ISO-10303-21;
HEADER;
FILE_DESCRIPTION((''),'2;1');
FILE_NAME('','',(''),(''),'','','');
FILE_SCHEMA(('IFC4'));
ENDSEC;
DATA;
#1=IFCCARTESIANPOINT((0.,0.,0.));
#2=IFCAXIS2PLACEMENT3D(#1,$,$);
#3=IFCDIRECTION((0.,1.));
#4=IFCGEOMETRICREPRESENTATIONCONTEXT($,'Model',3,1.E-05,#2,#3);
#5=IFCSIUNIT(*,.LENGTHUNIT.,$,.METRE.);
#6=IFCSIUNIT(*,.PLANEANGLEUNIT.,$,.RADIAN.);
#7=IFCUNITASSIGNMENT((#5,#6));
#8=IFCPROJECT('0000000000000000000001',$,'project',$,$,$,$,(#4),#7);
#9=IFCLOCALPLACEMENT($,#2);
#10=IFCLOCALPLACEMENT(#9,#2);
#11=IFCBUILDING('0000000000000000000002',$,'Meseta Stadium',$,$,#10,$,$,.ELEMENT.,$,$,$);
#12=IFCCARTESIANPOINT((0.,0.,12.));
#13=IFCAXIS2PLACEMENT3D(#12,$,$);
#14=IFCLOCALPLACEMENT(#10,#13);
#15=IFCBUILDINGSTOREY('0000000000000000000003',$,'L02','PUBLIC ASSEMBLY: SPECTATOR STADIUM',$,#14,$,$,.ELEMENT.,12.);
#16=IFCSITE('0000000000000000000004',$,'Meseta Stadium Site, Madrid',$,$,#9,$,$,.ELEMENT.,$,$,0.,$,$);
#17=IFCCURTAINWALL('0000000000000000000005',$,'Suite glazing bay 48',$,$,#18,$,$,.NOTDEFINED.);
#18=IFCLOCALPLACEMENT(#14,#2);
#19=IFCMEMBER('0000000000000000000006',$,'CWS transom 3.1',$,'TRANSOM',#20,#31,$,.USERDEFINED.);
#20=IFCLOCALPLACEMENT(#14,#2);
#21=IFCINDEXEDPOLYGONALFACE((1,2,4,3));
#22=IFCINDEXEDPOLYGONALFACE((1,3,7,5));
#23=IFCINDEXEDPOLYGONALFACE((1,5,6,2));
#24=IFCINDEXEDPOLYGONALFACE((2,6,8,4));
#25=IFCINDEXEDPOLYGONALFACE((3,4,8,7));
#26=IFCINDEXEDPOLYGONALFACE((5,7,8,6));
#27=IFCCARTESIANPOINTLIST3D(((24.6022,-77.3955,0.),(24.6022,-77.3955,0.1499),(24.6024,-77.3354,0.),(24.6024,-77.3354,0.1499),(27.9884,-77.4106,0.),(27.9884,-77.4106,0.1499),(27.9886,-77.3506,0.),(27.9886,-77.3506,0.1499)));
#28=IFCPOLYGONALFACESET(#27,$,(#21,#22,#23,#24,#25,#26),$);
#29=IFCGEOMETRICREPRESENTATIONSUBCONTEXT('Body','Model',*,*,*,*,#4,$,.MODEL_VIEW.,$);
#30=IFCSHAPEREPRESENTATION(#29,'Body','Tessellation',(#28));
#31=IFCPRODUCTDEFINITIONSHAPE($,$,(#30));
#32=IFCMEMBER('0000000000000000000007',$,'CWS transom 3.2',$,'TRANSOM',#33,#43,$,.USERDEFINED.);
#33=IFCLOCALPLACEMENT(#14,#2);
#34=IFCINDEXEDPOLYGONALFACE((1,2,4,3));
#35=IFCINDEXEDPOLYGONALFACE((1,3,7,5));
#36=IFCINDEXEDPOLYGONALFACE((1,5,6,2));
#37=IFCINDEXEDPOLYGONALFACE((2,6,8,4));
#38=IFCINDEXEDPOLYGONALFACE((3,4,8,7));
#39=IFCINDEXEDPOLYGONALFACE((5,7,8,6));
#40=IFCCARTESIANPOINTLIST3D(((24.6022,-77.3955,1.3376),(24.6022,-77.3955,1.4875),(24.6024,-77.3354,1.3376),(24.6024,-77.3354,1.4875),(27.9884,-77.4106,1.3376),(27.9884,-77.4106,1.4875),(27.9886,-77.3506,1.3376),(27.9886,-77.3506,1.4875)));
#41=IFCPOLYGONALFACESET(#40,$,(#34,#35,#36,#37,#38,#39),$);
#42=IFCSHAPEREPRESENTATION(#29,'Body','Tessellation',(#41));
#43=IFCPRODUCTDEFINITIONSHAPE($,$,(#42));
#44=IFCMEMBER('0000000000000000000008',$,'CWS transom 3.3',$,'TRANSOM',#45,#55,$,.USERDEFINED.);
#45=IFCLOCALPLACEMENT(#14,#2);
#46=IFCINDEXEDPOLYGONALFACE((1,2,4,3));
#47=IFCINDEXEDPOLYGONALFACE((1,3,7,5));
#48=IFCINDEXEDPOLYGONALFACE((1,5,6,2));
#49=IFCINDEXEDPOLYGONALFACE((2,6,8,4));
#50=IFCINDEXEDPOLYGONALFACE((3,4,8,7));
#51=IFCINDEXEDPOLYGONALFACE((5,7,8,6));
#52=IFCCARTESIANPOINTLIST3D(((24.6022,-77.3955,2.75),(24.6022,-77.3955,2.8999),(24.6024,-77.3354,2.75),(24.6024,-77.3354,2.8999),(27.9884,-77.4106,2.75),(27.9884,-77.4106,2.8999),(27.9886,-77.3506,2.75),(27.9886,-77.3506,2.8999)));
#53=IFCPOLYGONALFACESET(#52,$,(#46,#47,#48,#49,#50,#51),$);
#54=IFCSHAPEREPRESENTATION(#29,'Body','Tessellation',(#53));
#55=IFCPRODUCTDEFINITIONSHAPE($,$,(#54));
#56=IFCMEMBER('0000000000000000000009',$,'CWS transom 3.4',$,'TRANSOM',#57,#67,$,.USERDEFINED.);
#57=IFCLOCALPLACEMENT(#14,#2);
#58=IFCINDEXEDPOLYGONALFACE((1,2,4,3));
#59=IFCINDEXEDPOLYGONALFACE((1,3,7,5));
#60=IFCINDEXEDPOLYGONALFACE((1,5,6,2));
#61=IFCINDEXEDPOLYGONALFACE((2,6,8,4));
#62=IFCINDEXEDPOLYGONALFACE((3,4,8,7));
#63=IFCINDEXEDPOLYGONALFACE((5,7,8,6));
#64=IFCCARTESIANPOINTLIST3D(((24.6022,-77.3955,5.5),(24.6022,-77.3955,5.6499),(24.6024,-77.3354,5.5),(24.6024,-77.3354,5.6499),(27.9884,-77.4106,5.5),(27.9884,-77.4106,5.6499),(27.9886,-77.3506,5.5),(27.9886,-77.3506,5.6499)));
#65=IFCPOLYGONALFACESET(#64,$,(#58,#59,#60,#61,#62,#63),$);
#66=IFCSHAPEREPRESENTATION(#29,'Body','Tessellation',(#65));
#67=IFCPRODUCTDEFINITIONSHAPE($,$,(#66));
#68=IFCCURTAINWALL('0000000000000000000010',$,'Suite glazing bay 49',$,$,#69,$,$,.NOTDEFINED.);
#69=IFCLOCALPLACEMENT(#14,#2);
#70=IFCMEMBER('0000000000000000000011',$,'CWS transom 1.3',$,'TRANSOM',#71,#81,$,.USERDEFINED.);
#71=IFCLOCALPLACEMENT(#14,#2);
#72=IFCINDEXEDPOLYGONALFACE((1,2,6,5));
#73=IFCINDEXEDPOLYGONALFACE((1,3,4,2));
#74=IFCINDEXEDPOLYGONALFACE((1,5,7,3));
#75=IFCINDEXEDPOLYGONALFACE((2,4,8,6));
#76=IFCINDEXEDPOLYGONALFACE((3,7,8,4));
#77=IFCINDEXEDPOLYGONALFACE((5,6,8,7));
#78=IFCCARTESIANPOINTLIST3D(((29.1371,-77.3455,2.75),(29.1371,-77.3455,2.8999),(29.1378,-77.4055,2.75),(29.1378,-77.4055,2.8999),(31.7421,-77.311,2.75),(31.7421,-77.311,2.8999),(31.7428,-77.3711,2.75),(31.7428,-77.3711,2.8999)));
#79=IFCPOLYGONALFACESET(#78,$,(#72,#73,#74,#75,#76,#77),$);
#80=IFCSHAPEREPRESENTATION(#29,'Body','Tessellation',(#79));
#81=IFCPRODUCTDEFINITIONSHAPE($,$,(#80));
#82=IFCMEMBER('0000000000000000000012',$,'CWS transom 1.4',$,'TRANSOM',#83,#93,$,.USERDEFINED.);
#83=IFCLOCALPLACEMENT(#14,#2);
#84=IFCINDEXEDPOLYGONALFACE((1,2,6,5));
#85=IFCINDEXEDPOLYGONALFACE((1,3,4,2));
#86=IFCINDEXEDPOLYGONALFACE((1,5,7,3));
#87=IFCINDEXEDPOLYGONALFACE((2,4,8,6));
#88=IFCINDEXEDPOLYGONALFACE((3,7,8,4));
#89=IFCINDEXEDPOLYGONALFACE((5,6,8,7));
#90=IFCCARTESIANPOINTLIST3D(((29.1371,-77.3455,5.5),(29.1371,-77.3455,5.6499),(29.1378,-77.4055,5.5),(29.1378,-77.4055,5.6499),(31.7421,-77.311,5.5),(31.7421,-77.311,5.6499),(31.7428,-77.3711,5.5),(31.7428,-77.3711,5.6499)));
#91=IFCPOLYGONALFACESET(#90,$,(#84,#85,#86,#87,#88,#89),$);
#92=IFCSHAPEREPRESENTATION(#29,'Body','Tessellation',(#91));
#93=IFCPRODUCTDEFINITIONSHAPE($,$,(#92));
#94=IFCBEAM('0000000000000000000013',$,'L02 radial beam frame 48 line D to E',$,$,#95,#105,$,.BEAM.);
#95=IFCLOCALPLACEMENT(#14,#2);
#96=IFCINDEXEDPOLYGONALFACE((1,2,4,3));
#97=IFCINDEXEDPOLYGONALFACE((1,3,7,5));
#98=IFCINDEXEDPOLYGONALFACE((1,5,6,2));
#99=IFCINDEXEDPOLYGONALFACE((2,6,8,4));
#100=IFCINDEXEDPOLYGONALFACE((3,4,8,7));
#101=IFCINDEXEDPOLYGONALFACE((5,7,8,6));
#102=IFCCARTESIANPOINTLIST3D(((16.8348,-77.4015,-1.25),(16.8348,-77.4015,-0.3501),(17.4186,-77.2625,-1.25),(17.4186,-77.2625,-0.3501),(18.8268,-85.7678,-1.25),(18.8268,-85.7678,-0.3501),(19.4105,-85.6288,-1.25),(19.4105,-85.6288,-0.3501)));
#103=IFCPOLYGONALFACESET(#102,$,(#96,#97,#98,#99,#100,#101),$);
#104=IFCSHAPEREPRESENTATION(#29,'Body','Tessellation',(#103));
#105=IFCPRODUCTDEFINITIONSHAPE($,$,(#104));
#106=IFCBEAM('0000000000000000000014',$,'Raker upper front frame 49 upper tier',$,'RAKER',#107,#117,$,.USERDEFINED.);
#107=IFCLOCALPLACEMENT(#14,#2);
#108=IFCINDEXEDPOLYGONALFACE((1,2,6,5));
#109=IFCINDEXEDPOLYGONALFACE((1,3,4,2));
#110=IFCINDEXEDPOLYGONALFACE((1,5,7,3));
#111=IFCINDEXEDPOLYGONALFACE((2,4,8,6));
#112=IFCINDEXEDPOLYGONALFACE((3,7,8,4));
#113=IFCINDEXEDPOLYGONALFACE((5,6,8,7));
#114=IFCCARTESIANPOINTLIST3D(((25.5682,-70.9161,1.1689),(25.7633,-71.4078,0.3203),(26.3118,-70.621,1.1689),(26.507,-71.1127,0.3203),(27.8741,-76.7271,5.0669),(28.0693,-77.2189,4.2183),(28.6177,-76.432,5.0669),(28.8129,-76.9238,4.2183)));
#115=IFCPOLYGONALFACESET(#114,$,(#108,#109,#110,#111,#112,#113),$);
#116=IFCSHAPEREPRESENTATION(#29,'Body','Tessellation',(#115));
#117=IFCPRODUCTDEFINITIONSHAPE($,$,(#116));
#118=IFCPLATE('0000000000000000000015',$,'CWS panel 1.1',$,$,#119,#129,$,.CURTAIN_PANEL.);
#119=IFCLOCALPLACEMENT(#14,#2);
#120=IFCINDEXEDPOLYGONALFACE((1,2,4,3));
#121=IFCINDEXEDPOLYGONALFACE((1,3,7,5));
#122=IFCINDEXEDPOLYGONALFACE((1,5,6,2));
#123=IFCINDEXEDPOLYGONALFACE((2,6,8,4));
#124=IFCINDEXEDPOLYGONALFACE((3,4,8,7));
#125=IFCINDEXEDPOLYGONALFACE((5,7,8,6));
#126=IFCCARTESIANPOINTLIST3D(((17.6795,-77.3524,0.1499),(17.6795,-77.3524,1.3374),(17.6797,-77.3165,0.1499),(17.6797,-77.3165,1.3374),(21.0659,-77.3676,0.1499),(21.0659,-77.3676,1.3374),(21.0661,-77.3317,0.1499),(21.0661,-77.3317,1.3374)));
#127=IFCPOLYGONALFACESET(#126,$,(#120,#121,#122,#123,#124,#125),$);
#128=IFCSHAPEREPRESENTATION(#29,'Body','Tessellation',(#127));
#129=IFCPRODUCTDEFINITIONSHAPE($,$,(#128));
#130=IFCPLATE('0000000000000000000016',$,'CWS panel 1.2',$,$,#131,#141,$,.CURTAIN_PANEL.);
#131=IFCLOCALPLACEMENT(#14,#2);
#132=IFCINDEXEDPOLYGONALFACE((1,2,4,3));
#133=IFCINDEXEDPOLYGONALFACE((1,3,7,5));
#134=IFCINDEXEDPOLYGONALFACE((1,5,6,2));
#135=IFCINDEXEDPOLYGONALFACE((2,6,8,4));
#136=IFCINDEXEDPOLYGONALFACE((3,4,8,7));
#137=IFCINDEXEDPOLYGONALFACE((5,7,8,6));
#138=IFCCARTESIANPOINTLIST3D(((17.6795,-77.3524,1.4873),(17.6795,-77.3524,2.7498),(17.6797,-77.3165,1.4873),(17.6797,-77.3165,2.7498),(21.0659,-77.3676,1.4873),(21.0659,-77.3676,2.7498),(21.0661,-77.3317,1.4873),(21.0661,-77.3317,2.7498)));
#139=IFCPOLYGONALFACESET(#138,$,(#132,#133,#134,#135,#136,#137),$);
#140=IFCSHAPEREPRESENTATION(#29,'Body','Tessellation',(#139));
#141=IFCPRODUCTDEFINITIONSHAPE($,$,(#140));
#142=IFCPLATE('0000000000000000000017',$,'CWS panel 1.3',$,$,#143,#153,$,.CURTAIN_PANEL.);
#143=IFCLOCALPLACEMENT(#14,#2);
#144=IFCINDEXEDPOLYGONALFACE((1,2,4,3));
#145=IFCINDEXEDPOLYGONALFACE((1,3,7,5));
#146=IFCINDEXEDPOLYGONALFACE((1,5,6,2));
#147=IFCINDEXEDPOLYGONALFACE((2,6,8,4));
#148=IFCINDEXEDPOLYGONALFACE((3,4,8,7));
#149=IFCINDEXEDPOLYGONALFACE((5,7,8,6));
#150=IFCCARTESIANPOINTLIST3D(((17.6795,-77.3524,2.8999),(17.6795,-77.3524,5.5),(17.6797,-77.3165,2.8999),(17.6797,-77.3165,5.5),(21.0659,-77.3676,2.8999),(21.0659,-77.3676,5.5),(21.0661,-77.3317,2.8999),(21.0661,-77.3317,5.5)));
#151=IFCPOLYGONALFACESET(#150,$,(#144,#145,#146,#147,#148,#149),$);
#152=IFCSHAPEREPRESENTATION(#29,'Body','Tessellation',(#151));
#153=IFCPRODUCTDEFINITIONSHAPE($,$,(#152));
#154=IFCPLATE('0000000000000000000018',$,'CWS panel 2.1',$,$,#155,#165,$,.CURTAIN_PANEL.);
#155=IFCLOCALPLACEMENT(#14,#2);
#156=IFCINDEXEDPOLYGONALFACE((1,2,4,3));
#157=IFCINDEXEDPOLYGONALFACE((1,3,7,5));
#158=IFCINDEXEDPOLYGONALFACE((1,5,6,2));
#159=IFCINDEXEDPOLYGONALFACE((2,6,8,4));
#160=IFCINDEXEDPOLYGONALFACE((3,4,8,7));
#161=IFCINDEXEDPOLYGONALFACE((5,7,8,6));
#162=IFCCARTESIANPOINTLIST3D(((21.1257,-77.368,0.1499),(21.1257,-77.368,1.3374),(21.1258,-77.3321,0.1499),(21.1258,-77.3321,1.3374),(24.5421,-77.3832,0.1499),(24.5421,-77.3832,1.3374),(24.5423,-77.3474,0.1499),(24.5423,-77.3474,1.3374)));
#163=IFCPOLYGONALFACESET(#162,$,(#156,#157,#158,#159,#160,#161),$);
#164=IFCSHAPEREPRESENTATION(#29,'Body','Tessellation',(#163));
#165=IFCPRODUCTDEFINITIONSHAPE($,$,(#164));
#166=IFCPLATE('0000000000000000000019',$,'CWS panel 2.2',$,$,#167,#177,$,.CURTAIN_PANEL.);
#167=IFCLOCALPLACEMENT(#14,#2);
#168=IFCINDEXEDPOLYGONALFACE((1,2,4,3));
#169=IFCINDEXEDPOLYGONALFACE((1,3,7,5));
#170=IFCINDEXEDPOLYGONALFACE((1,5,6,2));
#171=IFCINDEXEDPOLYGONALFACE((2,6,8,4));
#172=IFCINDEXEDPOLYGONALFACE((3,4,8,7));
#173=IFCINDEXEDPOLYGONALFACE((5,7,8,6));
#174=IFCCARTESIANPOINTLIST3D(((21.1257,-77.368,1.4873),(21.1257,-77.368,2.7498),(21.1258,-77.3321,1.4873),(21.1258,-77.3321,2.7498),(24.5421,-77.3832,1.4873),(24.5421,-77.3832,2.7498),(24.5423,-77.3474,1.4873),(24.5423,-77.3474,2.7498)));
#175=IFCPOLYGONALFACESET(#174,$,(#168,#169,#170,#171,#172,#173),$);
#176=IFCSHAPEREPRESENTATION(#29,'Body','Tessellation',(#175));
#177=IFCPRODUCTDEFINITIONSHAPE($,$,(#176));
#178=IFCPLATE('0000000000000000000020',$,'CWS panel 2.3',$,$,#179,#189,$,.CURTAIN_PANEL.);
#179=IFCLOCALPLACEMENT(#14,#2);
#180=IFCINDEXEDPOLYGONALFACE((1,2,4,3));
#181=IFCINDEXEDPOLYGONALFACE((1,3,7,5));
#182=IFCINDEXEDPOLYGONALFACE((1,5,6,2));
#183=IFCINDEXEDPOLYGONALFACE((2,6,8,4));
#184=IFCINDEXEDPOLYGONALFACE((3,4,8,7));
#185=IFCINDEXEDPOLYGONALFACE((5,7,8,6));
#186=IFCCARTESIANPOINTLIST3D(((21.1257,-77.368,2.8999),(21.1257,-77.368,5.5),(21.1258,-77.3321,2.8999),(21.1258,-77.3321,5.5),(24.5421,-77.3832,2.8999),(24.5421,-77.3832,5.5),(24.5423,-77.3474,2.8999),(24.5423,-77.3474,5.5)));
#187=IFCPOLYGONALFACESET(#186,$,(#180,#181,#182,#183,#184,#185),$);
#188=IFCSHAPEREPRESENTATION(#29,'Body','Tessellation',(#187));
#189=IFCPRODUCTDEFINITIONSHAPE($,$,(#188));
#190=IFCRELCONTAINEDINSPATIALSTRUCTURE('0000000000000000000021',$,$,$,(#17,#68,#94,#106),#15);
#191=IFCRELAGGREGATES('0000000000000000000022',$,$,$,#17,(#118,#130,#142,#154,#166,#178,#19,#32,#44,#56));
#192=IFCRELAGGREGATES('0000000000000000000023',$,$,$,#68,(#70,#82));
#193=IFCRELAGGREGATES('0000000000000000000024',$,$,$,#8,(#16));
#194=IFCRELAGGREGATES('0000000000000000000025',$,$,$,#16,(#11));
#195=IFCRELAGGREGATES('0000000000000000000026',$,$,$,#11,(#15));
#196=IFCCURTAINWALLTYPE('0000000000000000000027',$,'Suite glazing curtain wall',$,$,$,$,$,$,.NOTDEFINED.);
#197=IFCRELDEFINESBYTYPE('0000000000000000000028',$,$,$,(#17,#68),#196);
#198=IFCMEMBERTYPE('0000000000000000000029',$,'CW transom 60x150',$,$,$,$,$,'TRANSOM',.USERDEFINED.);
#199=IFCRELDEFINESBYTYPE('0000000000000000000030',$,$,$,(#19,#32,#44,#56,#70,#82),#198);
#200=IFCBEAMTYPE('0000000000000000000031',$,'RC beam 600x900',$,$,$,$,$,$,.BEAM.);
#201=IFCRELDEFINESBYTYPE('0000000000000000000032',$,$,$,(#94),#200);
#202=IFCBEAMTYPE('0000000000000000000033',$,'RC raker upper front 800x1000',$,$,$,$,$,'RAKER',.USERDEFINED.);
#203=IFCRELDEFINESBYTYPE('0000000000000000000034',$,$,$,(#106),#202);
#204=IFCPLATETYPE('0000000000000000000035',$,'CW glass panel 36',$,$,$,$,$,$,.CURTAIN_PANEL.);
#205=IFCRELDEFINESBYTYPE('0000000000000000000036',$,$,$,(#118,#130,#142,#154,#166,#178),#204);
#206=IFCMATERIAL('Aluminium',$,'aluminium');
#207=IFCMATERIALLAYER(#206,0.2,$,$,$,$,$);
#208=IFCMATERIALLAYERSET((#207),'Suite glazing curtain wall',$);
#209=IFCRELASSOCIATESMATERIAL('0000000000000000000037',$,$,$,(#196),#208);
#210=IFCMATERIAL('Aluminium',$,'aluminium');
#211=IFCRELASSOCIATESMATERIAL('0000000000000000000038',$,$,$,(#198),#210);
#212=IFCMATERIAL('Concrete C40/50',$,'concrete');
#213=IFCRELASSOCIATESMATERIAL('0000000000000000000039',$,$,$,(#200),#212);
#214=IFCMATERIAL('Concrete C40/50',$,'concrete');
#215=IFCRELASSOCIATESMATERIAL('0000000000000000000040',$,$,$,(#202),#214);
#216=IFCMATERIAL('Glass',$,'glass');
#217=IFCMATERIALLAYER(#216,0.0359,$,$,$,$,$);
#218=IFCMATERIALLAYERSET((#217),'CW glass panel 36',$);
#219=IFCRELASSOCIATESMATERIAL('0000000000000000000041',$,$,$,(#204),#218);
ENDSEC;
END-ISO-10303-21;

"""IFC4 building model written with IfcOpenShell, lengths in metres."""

from ifc_helpers import new_model, si_unit, direction, frame, origin, origin_2d, place, context, subcontext, project, spatial, rectangle, extrude, material, layer, layer_set, material_profile, profile_set, type_object, element, aggregate, save


model = new_model("IFC4")

# Units and contexts
model_context = context("Model", 3, precision=1e-05, world=origin(), true_north=direction((0.0, 1.0)))
body_context = subcontext(model_context, "Body", "Model", "MODEL_VIEW")
ifc_project = project(units=[si_unit("LENGTHUNIT", "METRE"), si_unit("PLANEANGLEUNIT", "RADIAN")], contexts=[model_context])

# Site, building, storey
site_placement = place(None, origin())
site = spatial("IfcSite", under=ifc_project, at=site_placement, Name="Meseta Stadium Site, Madrid", CompositionType="ELEMENT", RefElevation=0.0)
building_placement = place(site_placement, origin())
building = spatial("IfcBuilding", under=site, at=building_placement, Name="Meseta Stadium", CompositionType="ELEMENT")
storey_placement = place(building_placement, frame((0.0, 0.0, 12.0)))
storey = spatial("IfcBuildingStorey", under=building, at=storey_placement, Name="L02", Description="PUBLIC ASSEMBLY: SPECTATOR STADIUM", CompositionType="ELEMENT", Elevation=12.0)

# Curtain walls, members
ifc_material_1 = material(Name="Aluminium", Category="aluminium")
ifc_layer_1 = layer(ifc_material_1, 0.2)
ifc_layer_set_1 = layer_set([ifc_layer_1], Name="Suite glazing curtain wall")
curtain_wall_type = type_object("IfcCurtainWallType", Name="Suite glazing curtain wall", PredefinedType="NOTDEFINED", material=ifc_layer_set_1)
curtain_wall_1_placement = place(storey_placement, origin())
curtain_wall_1 = element("IfcCurtainWall", 1, at=curtain_wall_1_placement, inside=storey, type_object=curtain_wall_type, Name="Suite glazing bay 48", PredefinedType="NOTDEFINED")
ifc_material_2 = material(Name="Aluminium", Category="aluminium")
ifc_material_profile_1 = material_profile(ifc_material_2, rectangle(XDim=0.0601, YDim=0.1499, at=origin_2d()), Name="CW 60x150")
ifc_profile_set_1 = profile_set([ifc_material_profile_1], Name="Aluminium")
member_type_1 = type_object("IfcMemberType", Name="CW transom 60x150", ElementType="TRANSOM", PredefinedType="USERDEFINED", material=ifc_profile_set_1)
member_1_placement = place(storey_placement, frame((24.6023, -77.3655, 0.075), z_axis=(0.99999, -0.00447, 0.0), x_axis=(0.00447, 0.99999, 0.0)))
member_1 = element("IfcMember", 2, at=member_1_placement, type_object=member_type_1, Name="CWS transom 3.1", ObjectType="TRANSOM", PredefinedType="USERDEFINED", context=body_context, shape_type="SweptSolid", body=[
    extrude(rectangle(XDim=0.0601, YDim=0.1499, at=origin_2d()), origin(), (0.0, 0.0, 1.0), 3.3862),
])
member_2_placement = place(storey_placement, frame((24.6023, -77.3655, 1.4126), z_axis=(0.99999, -0.00447, 0.0), x_axis=(0.00447, 0.99999, 0.0)))
member_2 = element("IfcMember", 3, at=member_2_placement, type_object=member_type_1, Name="CWS transom 3.2", ObjectType="TRANSOM", PredefinedType="USERDEFINED", context=body_context, shape_type="SweptSolid", body=[
    extrude(rectangle(XDim=0.0601, YDim=0.1499, at=origin_2d()), origin(), (0.0, 0.0, 1.0), 3.3862),
])
member_3_placement = place(storey_placement, frame((24.6023, -77.3655, 2.825), z_axis=(0.99999, -0.00447, 0.0), x_axis=(0.00447, 0.99999, 0.0)))
member_3 = element("IfcMember", 4, at=member_3_placement, type_object=member_type_1, Name="CWS transom 3.3", ObjectType="TRANSOM", PredefinedType="USERDEFINED", context=body_context, shape_type="SweptSolid", body=[
    extrude(rectangle(XDim=0.0601, YDim=0.1499, at=origin_2d()), origin(), (0.0, 0.0, 1.0), 3.3862),
])
member_4_placement = place(storey_placement, frame((24.6023, -77.3655, 5.575), z_axis=(0.99999, -0.00447, 0.0), x_axis=(0.00447, 0.99999, 0.0)))
member_4 = element("IfcMember", 5, at=member_4_placement, type_object=member_type_1, Name="CWS transom 3.4", ObjectType="TRANSOM", PredefinedType="USERDEFINED", context=body_context, shape_type="SweptSolid", body=[
    extrude(rectangle(XDim=0.0601, YDim=0.1499, at=origin_2d()), origin(), (0.0, 0.0, 1.0), 3.3862),
])
curtain_wall_2_placement = place(storey_placement, origin())
curtain_wall_2 = element("IfcCurtainWall", 6, at=curtain_wall_2_placement, inside=storey, type_object=curtain_wall_type, Name="Suite glazing bay 49", PredefinedType="NOTDEFINED")
member_5_placement = place(storey_placement, frame((29.1375, -77.3755, 2.825), z_axis=(0.999913, 0.013213, 0.0), x_axis=(-0.013213, 0.999913, 0.0)))
member_5 = element("IfcMember", 7, at=member_5_placement, type_object=member_type_1, Name="CWS transom 1.3", ObjectType="TRANSOM", PredefinedType="USERDEFINED", context=body_context, shape_type="SweptSolid", body=[
    extrude(rectangle(XDim=0.0601, YDim=0.1499, at=origin_2d()), origin(), (0.0, 0.0, 1.0), 2.6052),
])
member_6_placement = place(storey_placement, frame((29.1375, -77.3755, 5.575), z_axis=(0.999913, 0.013213, 0.0), x_axis=(-0.013213, 0.999913, 0.0)))
member_6 = element("IfcMember", 8, at=member_6_placement, type_object=member_type_1, Name="CWS transom 1.4", ObjectType="TRANSOM", PredefinedType="USERDEFINED", context=body_context, shape_type="SweptSolid", body=[
    extrude(rectangle(XDim=0.0601, YDim=0.1499, at=origin_2d()), origin(), (0.0, 0.0, 1.0), 2.6052),
])

# Beams
ifc_material_3 = material(Name="Concrete C40/50", Category="concrete")
ifc_material_profile_2 = material_profile(ifc_material_3, rectangle(XDim=0.6001, YDim=0.8999, at=origin_2d()), Name="RC 600x900")
ifc_profile_set_2 = profile_set([ifc_material_profile_2], Name="Concrete C40/50")
beam_type_1 = type_object("IfcBeamType", Name="RC beam 600x900", PredefinedType="BEAM", material=ifc_profile_set_2)
beam_1_placement = place(storey_placement, frame((17.1267, -77.332, -0.8), z_axis=(0.231619, -0.972807, 0.0), x_axis=(0.972807, 0.231619, 0.0)))
element("IfcBeam", 9, at=beam_1_placement, inside=storey, type_object=beam_type_1, Name="L02 radial beam frame 48 line D to E", PredefinedType="BEAM", context=body_context, shape_type="SweptSolid", body=[
    extrude(rectangle(XDim=0.6001, YDim=0.8999, at=origin_2d()), origin(), (0.0, 0.0, 1.0), 8.6001),
])
ifc_material_4 = material(Name="Concrete C40/50", Category="concrete")
ifc_material_profile_3 = material_profile(ifc_material_4, rectangle(XDim=0.8, YDim=1.0, at=origin_2d()), Name="RC 800x1000")
ifc_profile_set_3 = profile_set([ifc_material_profile_3], Name="Concrete C40/50")
beam_type_2 = type_object("IfcBeamType", Name="RC raker upper front 800x1000", ElementType="RAKER", PredefinedType="USERDEFINED", material=ifc_profile_set_3)
beam_2_placement = place(storey_placement, frame((26.0376, -71.0144, 0.7446), z_axis=(0.312986, -0.788744, 0.529077), x_axis=(0.929494, 0.368837, 0.0)))
element("IfcBeam", 10, at=beam_2_placement, inside=storey, type_object=beam_type_2, Name="Raker upper front frame 49 upper tier", ObjectType="RAKER", PredefinedType="USERDEFINED", context=body_context, shape_type="SweptSolid", body=[
    extrude(rectangle(XDim=0.8, YDim=1.0, at=origin_2d()), origin(), (0.0, 0.0, 1.0), 7.3674),
])

# Plates
ifc_material_5 = material(Name="Glass", Category="glass")
ifc_layer_2 = layer(ifc_material_5, 0.0359)
ifc_layer_set_2 = layer_set([ifc_layer_2], Name="CW glass panel 36")
plate_type = type_object("IfcPlateType", Name="CW glass panel 36", PredefinedType="CURTAIN_PANEL", material=ifc_layer_set_2)
plate_1_placement = place(storey_placement, frame((19.3728, -77.342, 0.1499), z_axis=(0.0, 0.0, 1.0), x_axis=(0.99999, -0.004469, 0.0)))
plate_1 = element("IfcPlate", 11, at=plate_1_placement, type_object=plate_type, Name="CWS panel 1.1", PredefinedType="CURTAIN_PANEL", context=body_context, shape_type="SweptSolid", body=[
    extrude(rectangle(XDim=3.3865, YDim=0.0359, at=origin_2d()), origin(), (0.0, 0.0, 1.0), 1.1875),
])
plate_2_placement = place(storey_placement, frame((19.3728, -77.342, 1.4873), z_axis=(0.0, 0.0, 1.0), x_axis=(0.99999, -0.004469, 0.0)))
plate_2 = element("IfcPlate", 12, at=plate_2_placement, type_object=plate_type, Name="CWS panel 1.2", PredefinedType="CURTAIN_PANEL", context=body_context, shape_type="SweptSolid", body=[
    extrude(rectangle(XDim=3.3865, YDim=0.0359, at=origin_2d()), origin(), (0.0, 0.0, 1.0), 1.2625),
])
plate_3_placement = place(storey_placement, frame((19.3728, -77.342, 2.8999), z_axis=(0.0, 0.0, 1.0), x_axis=(0.99999, -0.004469, 0.0)))
plate_3 = element("IfcPlate", 13, at=plate_3_placement, type_object=plate_type, Name="CWS panel 1.3", PredefinedType="CURTAIN_PANEL", context=body_context, shape_type="SweptSolid", body=[
    extrude(rectangle(XDim=3.3865, YDim=0.0359, at=origin_2d()), origin(), (0.0, 0.0, 1.0), 2.6001),
])
plate_4_placement = place(storey_placement, frame((22.834, -77.3577, 0.1499), z_axis=(0.0, 0.0, 1.0), x_axis=(0.99999, -0.004469, 0.0)))
plate_4 = element("IfcPlate", 14, at=plate_4_placement, type_object=plate_type, Name="CWS panel 2.1", PredefinedType="CURTAIN_PANEL", context=body_context, shape_type="SweptSolid", body=[
    extrude(rectangle(XDim=3.4165, YDim=0.0359, at=origin_2d()), origin(), (0.0, 0.0, 1.0), 1.1875),
])
plate_5_placement = place(storey_placement, frame((22.834, -77.3577, 1.4873), z_axis=(0.0, 0.0, 1.0), x_axis=(0.99999, -0.004469, 0.0)))
plate_5 = element("IfcPlate", 15, at=plate_5_placement, type_object=plate_type, Name="CWS panel 2.2", PredefinedType="CURTAIN_PANEL", context=body_context, shape_type="SweptSolid", body=[
    extrude(rectangle(XDim=3.4165, YDim=0.0359, at=origin_2d()), origin(), (0.0, 0.0, 1.0), 1.2625),
])
plate_6_placement = place(storey_placement, frame((22.834, -77.3577, 2.8999), z_axis=(0.0, 0.0, 1.0), x_axis=(0.99999, -0.004469, 0.0)))
plate_6 = element("IfcPlate", 16, at=plate_6_placement, type_object=plate_type, Name="CWS panel 2.3", PredefinedType="CURTAIN_PANEL", context=body_context, shape_type="SweptSolid", body=[
    extrude(rectangle(XDim=3.4165, YDim=0.0359, at=origin_2d()), origin(), (0.0, 0.0, 1.0), 2.6001),
])
aggregate(curtain_wall_1, [plate_1, plate_2, plate_3, plate_4, plate_5, plate_6, member_1, member_2, member_3, member_4])
aggregate(curtain_wall_2, [member_5, member_6])

save(model, "model.ifc")
